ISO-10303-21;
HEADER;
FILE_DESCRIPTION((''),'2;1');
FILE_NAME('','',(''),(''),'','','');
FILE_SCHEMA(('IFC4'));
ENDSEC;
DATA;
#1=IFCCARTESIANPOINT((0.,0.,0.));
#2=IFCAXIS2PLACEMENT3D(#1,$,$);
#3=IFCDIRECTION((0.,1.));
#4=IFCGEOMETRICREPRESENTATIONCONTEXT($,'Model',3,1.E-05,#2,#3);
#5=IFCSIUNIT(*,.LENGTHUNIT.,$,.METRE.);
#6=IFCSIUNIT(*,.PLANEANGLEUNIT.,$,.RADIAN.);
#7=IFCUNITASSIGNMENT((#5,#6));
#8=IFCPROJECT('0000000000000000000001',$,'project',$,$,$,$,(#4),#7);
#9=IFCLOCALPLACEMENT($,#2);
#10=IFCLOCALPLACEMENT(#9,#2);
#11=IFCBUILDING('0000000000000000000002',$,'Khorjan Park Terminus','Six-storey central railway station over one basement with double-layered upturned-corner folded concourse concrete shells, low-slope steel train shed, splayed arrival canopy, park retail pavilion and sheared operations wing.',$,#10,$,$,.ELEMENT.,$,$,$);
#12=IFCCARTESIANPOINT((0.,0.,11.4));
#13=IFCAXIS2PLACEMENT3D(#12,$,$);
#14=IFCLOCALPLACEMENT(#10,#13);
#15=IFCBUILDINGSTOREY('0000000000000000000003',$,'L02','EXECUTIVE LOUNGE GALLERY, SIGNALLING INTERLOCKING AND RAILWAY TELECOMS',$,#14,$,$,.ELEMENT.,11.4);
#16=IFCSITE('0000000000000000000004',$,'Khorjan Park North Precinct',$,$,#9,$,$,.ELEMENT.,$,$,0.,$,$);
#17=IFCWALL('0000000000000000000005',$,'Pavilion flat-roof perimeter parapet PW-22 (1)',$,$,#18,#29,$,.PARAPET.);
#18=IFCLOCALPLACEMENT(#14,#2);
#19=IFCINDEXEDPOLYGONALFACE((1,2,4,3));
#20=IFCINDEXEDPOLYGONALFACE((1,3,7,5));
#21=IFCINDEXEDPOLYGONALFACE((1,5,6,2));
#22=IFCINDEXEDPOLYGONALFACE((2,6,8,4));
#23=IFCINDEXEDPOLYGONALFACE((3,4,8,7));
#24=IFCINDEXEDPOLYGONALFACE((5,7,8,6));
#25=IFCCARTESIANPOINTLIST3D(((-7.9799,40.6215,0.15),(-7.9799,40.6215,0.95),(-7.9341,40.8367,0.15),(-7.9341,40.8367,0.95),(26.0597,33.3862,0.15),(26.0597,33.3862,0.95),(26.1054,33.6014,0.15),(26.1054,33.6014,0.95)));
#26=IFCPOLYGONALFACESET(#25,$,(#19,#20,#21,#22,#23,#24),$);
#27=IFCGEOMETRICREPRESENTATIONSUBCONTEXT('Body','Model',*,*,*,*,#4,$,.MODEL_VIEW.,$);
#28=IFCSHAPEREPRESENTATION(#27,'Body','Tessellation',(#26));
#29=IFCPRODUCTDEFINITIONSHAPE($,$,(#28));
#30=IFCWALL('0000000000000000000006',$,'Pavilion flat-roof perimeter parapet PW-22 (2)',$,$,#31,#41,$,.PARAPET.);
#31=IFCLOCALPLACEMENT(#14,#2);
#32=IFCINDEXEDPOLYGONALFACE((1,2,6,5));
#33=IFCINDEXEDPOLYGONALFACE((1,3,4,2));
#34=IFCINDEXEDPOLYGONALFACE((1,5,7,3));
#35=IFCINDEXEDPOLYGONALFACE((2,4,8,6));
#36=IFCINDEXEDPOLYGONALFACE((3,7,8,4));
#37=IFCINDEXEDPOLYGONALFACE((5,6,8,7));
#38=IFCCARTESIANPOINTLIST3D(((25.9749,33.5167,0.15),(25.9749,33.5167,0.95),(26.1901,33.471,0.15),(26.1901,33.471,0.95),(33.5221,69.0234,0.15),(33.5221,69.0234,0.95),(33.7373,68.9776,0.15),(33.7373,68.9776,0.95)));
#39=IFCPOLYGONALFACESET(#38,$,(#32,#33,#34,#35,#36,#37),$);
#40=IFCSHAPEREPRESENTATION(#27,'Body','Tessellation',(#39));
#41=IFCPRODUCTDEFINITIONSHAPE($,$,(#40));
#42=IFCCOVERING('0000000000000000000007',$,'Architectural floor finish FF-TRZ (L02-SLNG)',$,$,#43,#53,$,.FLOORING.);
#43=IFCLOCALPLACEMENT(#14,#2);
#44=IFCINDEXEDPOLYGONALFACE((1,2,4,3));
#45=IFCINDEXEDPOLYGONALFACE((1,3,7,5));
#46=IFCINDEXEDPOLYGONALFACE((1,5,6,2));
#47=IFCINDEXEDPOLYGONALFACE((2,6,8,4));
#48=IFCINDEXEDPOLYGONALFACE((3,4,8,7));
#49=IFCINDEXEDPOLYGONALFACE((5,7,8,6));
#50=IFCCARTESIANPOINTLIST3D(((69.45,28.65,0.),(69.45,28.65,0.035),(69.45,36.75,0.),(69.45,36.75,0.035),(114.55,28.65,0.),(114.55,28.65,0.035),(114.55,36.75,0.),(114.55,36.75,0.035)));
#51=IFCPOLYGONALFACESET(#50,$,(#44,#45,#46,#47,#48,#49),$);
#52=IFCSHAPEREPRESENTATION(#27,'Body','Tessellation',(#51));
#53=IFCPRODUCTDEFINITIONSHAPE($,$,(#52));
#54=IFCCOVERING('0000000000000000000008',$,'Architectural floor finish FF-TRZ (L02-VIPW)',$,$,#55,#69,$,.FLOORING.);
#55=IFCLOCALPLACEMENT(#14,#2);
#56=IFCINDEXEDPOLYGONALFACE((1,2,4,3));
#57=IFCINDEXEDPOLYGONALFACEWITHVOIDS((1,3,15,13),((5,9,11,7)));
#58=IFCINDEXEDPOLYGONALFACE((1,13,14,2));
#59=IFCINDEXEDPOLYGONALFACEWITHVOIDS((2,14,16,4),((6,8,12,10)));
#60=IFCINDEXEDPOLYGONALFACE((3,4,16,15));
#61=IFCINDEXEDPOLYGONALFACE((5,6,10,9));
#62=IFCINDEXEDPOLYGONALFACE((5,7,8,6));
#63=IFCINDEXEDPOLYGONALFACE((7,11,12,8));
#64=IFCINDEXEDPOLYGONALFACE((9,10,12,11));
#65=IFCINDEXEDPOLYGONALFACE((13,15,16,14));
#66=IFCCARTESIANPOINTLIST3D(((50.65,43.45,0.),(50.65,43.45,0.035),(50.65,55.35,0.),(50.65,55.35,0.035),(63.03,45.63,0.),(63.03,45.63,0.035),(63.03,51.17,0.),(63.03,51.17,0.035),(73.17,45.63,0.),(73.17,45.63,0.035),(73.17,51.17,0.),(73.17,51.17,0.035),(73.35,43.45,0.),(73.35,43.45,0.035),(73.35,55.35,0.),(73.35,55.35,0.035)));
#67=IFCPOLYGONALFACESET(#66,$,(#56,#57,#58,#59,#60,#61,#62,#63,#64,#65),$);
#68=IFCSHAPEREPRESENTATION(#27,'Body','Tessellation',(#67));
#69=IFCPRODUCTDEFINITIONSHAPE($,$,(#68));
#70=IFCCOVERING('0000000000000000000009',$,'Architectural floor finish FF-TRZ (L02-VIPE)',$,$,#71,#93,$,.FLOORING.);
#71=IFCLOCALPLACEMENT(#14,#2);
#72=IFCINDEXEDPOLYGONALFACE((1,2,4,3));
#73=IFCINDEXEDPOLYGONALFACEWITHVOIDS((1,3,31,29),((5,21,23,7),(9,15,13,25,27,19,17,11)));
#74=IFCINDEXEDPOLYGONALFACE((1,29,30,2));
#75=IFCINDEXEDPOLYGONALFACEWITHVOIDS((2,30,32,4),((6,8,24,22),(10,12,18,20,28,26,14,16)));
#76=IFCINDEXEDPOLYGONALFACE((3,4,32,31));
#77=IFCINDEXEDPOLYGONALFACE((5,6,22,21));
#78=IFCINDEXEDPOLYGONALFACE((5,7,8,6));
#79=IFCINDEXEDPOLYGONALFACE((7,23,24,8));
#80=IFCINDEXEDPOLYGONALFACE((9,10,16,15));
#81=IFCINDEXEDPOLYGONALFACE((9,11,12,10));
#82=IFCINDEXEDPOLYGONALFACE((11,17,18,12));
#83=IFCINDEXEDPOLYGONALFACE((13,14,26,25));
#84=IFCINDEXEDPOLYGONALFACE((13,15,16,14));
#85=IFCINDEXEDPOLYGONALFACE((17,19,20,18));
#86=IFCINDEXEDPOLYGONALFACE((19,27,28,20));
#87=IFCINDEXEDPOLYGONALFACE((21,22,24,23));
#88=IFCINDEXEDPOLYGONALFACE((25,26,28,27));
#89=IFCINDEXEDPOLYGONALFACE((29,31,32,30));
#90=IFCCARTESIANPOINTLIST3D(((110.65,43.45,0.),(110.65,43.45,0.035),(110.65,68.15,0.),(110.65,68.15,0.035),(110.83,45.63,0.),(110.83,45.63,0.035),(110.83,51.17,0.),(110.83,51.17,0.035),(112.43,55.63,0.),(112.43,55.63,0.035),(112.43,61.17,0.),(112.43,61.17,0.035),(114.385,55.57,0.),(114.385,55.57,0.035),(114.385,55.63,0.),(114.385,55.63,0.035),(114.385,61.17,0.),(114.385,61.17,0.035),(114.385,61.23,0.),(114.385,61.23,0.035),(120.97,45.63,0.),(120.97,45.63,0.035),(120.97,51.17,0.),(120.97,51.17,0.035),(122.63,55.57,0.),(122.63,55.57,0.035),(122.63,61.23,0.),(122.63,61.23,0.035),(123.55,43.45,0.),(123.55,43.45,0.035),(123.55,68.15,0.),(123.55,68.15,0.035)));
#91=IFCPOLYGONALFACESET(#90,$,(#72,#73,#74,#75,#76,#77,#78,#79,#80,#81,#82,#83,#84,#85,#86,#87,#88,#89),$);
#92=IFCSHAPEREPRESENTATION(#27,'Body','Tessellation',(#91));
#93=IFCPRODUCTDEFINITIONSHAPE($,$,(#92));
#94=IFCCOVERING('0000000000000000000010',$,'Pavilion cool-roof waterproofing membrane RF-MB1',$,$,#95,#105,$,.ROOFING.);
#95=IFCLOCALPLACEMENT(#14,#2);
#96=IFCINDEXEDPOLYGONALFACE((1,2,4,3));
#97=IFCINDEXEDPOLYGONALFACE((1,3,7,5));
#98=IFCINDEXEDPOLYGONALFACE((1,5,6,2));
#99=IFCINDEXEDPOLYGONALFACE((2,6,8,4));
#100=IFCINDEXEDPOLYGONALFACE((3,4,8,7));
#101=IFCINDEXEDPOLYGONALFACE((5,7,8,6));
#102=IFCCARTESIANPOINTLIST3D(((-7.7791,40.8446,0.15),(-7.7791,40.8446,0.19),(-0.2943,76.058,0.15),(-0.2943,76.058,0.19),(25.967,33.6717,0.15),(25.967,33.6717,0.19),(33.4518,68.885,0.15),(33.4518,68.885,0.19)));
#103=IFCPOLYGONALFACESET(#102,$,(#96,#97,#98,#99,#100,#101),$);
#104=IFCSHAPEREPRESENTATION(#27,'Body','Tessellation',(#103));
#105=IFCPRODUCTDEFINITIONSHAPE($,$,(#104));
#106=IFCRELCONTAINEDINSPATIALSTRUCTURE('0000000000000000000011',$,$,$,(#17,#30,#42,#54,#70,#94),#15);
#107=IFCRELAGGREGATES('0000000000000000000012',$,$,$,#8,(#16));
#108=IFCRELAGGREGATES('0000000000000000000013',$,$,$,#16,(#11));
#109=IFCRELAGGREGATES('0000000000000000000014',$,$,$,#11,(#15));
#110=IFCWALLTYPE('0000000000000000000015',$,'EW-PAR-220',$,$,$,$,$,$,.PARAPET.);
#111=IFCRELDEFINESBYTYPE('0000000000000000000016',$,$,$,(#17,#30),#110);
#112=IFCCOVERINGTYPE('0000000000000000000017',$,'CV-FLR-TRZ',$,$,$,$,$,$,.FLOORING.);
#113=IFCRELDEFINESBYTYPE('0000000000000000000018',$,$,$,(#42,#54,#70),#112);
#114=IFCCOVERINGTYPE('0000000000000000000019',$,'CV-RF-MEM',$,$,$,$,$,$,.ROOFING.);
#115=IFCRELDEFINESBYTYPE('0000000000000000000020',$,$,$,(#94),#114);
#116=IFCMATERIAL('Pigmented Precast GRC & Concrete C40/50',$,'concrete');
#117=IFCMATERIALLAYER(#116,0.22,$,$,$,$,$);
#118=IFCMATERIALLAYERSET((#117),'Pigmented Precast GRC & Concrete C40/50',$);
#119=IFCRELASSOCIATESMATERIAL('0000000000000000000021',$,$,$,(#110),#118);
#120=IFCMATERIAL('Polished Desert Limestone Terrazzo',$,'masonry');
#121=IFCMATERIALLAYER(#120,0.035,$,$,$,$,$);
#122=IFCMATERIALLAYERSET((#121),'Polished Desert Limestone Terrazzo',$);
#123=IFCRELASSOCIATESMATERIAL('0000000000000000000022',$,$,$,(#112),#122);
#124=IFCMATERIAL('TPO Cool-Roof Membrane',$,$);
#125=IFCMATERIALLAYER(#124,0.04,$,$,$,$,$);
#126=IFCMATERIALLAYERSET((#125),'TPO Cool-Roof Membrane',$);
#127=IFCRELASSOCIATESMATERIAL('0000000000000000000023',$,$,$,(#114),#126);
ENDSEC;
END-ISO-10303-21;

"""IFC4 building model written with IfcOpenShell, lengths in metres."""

from ifc_helpers import new_model, si_unit, direction, frame, frame_2d, origin, place, context, subcontext, project, spatial, polyline, rectangle, outline, extrude, material, layer, layer_set, type_object, element, save


model = new_model("IFC4")

# Units and contexts
model_context = context("Model", 3, precision=1e-05, world=origin(), true_north=direction((0.0, 1.0)))
body_context = subcontext(model_context, "Body", "Model", "MODEL_VIEW")
ifc_project = project(units=[si_unit("LENGTHUNIT", "METRE"), si_unit("PLANEANGLEUNIT", "RADIAN")], contexts=[model_context])

# Site, building, storey
site_placement = place(None, origin())
site = spatial("IfcSite", under=ifc_project, at=site_placement, Name="Khorjan Park North Precinct", CompositionType="ELEMENT", RefElevation=0.0)
building_placement = place(site_placement, origin())
building = spatial("IfcBuilding", under=site, at=building_placement, Name="Khorjan Park Terminus", Description="Six-storey central railway station over one basement with double-layered upturned-corner folded concourse concrete shells, low-slope steel train shed, splayed arrival canopy, park retail pavilion and sheared operations wing.", CompositionType="ELEMENT")
storey_placement = place(building_placement, frame((0.0, 0.0, 11.4)))
storey = spatial("IfcBuildingStorey", under=building, at=storey_placement, Name="L02", Description="EXECUTIVE LOUNGE GALLERY, SIGNALLING INTERLOCKING AND RAILWAY TELECOMS", CompositionType="ELEMENT", Elevation=11.4)

# Walls
ifc_material_1 = material(Name="Pigmented Precast GRC & Concrete C40/50", Category="concrete")
ifc_layer_1 = layer(ifc_material_1, 0.22)
ifc_layer_set_1 = layer_set([ifc_layer_1], Name="Pigmented Precast GRC & Concrete C40/50")
wall_type = type_object("IfcWallType", Name="EW-PAR-220", PredefinedType="PARAPET", material=ifc_layer_set_1)
wall_1_placement = place(storey_placement, frame((-7.957, 40.7291, 0.15), z_axis=(0.0, 0.0, 1.0), x_axis=(0.978148, -0.207911, 0.0)))
element("IfcWall", 1, at=wall_1_placement, inside=storey, type_object=wall_type, Name="Pavilion flat-roof perimeter parapet PW-22 (1)", PredefinedType="PARAPET", context=body_context, shape_type="SweptSolid", body=[
    extrude(rectangle(XDim=34.8, YDim=0.22, at=frame_2d((17.4, 0.0))), origin(), (0.0, 0.0, 1.0), 0.8),
])
wall_2_placement = place(storey_placement, frame((26.0825, 33.4938, 0.15), z_axis=(0.0, 0.0, 1.0), x_axis=(0.207912, 0.978148, 0.0)))
element("IfcWall", 2, at=wall_2_placement, inside=storey, type_object=wall_type, Name="Pavilion flat-roof perimeter parapet PW-22 (2)", PredefinedType="PARAPET", context=body_context, shape_type="SweptSolid", body=[
    extrude(rectangle(XDim=36.2999, YDim=0.22, at=frame_2d((18.15, 0.0))), origin(), (0.0, 0.0, 1.0), 0.8),
])

# Coverings
ifc_material_2 = material(Name="Polished Desert Limestone Terrazzo", Category="masonry")
ifc_layer_2 = layer(ifc_material_2, 0.035)
ifc_layer_set_2 = layer_set([ifc_layer_2], Name="Polished Desert Limestone Terrazzo")
covering_type_1 = type_object("IfcCoveringType", Name="CV-FLR-TRZ", PredefinedType="FLOORING", material=ifc_layer_set_2)
covering_1_placement = place(storey_placement, origin())
element("IfcCovering", 3, at=covering_1_placement, inside=storey, type_object=covering_type_1, Name="Architectural floor finish FF-TRZ (L02-SLNG)", PredefinedType="FLOORING", context=body_context, shape_type="SweptSolid", body=[
    extrude(outline(polyline([(114.55, 36.75), (114.55, 28.65), (69.45, 28.65), (69.45, 36.75), (114.55, 36.75)])), origin(), (0.0, 0.0, 1.0), 0.035),
])
covering_2_placement = place(storey_placement, origin())
element("IfcCovering", 4, at=covering_2_placement, inside=storey, type_object=covering_type_1, Name="Architectural floor finish FF-TRZ (L02-VIPW)", PredefinedType="FLOORING", context=body_context, shape_type="SweptSolid", body=[
    extrude(outline(polyline([(73.35, 55.35), (73.35, 43.45), (50.65, 43.45), (50.65, 55.35), (73.35, 55.35)]), holes=[polyline([(73.17, 45.63), (73.17, 51.17), (63.03, 51.17), (63.03, 45.63), (73.17, 45.63)])]), origin(), (0.0, 0.0, 1.0), 0.035),
])
covering_3_placement = place(storey_placement, origin())
element("IfcCovering", 5, at=covering_3_placement, inside=storey, type_object=covering_type_1, Name="Architectural floor finish FF-TRZ (L02-VIPE)", PredefinedType="FLOORING", context=body_context, shape_type="SweptSolid", body=[
    extrude(outline(polyline([(123.55, 68.15), (123.55, 43.45), (110.65, 43.45), (110.65, 68.15), (123.55, 68.15)]), holes=[polyline([(122.63, 55.57), (122.63, 61.23), (114.385, 61.23), (114.385, 61.17), (112.43, 61.17), (112.43, 55.63), (114.385, 55.63), (114.385, 55.57), (122.63, 55.57)]), polyline([(120.97, 45.63), (120.97, 51.17), (110.83, 51.17), (110.83, 45.63), (120.97, 45.63)])]), origin(), (0.0, 0.0, 1.0), 0.035),
])
ifc_material_3 = material(Name="TPO Cool-Roof Membrane")
ifc_layer_3 = layer(ifc_material_3, 0.04)
ifc_layer_set_3 = layer_set([ifc_layer_3], Name="TPO Cool-Roof Membrane")
covering_type_2 = type_object("IfcCoveringType", Name="CV-RF-MEM", PredefinedType="ROOFING", material=ifc_layer_set_3)
covering_4_placement = place(storey_placement, frame((0.0, 0.0, 0.15)))
element("IfcCovering", 6, at=covering_4_placement, inside=storey, type_object=covering_type_2, Name="Pavilion cool-roof waterproofing membrane RF-MB1", PredefinedType="ROOFING", context=body_context, shape_type="SweptSolid", body=[
    extrude(outline(polyline([(-7.7791, 40.8446), (25.967, 33.6717), (33.4518, 68.885), (-0.2943, 76.058), (-7.7791, 40.8446)])), origin(), (0.0, 0.0, 1.0), 0.04),
])

save(model, "model.ifc")
